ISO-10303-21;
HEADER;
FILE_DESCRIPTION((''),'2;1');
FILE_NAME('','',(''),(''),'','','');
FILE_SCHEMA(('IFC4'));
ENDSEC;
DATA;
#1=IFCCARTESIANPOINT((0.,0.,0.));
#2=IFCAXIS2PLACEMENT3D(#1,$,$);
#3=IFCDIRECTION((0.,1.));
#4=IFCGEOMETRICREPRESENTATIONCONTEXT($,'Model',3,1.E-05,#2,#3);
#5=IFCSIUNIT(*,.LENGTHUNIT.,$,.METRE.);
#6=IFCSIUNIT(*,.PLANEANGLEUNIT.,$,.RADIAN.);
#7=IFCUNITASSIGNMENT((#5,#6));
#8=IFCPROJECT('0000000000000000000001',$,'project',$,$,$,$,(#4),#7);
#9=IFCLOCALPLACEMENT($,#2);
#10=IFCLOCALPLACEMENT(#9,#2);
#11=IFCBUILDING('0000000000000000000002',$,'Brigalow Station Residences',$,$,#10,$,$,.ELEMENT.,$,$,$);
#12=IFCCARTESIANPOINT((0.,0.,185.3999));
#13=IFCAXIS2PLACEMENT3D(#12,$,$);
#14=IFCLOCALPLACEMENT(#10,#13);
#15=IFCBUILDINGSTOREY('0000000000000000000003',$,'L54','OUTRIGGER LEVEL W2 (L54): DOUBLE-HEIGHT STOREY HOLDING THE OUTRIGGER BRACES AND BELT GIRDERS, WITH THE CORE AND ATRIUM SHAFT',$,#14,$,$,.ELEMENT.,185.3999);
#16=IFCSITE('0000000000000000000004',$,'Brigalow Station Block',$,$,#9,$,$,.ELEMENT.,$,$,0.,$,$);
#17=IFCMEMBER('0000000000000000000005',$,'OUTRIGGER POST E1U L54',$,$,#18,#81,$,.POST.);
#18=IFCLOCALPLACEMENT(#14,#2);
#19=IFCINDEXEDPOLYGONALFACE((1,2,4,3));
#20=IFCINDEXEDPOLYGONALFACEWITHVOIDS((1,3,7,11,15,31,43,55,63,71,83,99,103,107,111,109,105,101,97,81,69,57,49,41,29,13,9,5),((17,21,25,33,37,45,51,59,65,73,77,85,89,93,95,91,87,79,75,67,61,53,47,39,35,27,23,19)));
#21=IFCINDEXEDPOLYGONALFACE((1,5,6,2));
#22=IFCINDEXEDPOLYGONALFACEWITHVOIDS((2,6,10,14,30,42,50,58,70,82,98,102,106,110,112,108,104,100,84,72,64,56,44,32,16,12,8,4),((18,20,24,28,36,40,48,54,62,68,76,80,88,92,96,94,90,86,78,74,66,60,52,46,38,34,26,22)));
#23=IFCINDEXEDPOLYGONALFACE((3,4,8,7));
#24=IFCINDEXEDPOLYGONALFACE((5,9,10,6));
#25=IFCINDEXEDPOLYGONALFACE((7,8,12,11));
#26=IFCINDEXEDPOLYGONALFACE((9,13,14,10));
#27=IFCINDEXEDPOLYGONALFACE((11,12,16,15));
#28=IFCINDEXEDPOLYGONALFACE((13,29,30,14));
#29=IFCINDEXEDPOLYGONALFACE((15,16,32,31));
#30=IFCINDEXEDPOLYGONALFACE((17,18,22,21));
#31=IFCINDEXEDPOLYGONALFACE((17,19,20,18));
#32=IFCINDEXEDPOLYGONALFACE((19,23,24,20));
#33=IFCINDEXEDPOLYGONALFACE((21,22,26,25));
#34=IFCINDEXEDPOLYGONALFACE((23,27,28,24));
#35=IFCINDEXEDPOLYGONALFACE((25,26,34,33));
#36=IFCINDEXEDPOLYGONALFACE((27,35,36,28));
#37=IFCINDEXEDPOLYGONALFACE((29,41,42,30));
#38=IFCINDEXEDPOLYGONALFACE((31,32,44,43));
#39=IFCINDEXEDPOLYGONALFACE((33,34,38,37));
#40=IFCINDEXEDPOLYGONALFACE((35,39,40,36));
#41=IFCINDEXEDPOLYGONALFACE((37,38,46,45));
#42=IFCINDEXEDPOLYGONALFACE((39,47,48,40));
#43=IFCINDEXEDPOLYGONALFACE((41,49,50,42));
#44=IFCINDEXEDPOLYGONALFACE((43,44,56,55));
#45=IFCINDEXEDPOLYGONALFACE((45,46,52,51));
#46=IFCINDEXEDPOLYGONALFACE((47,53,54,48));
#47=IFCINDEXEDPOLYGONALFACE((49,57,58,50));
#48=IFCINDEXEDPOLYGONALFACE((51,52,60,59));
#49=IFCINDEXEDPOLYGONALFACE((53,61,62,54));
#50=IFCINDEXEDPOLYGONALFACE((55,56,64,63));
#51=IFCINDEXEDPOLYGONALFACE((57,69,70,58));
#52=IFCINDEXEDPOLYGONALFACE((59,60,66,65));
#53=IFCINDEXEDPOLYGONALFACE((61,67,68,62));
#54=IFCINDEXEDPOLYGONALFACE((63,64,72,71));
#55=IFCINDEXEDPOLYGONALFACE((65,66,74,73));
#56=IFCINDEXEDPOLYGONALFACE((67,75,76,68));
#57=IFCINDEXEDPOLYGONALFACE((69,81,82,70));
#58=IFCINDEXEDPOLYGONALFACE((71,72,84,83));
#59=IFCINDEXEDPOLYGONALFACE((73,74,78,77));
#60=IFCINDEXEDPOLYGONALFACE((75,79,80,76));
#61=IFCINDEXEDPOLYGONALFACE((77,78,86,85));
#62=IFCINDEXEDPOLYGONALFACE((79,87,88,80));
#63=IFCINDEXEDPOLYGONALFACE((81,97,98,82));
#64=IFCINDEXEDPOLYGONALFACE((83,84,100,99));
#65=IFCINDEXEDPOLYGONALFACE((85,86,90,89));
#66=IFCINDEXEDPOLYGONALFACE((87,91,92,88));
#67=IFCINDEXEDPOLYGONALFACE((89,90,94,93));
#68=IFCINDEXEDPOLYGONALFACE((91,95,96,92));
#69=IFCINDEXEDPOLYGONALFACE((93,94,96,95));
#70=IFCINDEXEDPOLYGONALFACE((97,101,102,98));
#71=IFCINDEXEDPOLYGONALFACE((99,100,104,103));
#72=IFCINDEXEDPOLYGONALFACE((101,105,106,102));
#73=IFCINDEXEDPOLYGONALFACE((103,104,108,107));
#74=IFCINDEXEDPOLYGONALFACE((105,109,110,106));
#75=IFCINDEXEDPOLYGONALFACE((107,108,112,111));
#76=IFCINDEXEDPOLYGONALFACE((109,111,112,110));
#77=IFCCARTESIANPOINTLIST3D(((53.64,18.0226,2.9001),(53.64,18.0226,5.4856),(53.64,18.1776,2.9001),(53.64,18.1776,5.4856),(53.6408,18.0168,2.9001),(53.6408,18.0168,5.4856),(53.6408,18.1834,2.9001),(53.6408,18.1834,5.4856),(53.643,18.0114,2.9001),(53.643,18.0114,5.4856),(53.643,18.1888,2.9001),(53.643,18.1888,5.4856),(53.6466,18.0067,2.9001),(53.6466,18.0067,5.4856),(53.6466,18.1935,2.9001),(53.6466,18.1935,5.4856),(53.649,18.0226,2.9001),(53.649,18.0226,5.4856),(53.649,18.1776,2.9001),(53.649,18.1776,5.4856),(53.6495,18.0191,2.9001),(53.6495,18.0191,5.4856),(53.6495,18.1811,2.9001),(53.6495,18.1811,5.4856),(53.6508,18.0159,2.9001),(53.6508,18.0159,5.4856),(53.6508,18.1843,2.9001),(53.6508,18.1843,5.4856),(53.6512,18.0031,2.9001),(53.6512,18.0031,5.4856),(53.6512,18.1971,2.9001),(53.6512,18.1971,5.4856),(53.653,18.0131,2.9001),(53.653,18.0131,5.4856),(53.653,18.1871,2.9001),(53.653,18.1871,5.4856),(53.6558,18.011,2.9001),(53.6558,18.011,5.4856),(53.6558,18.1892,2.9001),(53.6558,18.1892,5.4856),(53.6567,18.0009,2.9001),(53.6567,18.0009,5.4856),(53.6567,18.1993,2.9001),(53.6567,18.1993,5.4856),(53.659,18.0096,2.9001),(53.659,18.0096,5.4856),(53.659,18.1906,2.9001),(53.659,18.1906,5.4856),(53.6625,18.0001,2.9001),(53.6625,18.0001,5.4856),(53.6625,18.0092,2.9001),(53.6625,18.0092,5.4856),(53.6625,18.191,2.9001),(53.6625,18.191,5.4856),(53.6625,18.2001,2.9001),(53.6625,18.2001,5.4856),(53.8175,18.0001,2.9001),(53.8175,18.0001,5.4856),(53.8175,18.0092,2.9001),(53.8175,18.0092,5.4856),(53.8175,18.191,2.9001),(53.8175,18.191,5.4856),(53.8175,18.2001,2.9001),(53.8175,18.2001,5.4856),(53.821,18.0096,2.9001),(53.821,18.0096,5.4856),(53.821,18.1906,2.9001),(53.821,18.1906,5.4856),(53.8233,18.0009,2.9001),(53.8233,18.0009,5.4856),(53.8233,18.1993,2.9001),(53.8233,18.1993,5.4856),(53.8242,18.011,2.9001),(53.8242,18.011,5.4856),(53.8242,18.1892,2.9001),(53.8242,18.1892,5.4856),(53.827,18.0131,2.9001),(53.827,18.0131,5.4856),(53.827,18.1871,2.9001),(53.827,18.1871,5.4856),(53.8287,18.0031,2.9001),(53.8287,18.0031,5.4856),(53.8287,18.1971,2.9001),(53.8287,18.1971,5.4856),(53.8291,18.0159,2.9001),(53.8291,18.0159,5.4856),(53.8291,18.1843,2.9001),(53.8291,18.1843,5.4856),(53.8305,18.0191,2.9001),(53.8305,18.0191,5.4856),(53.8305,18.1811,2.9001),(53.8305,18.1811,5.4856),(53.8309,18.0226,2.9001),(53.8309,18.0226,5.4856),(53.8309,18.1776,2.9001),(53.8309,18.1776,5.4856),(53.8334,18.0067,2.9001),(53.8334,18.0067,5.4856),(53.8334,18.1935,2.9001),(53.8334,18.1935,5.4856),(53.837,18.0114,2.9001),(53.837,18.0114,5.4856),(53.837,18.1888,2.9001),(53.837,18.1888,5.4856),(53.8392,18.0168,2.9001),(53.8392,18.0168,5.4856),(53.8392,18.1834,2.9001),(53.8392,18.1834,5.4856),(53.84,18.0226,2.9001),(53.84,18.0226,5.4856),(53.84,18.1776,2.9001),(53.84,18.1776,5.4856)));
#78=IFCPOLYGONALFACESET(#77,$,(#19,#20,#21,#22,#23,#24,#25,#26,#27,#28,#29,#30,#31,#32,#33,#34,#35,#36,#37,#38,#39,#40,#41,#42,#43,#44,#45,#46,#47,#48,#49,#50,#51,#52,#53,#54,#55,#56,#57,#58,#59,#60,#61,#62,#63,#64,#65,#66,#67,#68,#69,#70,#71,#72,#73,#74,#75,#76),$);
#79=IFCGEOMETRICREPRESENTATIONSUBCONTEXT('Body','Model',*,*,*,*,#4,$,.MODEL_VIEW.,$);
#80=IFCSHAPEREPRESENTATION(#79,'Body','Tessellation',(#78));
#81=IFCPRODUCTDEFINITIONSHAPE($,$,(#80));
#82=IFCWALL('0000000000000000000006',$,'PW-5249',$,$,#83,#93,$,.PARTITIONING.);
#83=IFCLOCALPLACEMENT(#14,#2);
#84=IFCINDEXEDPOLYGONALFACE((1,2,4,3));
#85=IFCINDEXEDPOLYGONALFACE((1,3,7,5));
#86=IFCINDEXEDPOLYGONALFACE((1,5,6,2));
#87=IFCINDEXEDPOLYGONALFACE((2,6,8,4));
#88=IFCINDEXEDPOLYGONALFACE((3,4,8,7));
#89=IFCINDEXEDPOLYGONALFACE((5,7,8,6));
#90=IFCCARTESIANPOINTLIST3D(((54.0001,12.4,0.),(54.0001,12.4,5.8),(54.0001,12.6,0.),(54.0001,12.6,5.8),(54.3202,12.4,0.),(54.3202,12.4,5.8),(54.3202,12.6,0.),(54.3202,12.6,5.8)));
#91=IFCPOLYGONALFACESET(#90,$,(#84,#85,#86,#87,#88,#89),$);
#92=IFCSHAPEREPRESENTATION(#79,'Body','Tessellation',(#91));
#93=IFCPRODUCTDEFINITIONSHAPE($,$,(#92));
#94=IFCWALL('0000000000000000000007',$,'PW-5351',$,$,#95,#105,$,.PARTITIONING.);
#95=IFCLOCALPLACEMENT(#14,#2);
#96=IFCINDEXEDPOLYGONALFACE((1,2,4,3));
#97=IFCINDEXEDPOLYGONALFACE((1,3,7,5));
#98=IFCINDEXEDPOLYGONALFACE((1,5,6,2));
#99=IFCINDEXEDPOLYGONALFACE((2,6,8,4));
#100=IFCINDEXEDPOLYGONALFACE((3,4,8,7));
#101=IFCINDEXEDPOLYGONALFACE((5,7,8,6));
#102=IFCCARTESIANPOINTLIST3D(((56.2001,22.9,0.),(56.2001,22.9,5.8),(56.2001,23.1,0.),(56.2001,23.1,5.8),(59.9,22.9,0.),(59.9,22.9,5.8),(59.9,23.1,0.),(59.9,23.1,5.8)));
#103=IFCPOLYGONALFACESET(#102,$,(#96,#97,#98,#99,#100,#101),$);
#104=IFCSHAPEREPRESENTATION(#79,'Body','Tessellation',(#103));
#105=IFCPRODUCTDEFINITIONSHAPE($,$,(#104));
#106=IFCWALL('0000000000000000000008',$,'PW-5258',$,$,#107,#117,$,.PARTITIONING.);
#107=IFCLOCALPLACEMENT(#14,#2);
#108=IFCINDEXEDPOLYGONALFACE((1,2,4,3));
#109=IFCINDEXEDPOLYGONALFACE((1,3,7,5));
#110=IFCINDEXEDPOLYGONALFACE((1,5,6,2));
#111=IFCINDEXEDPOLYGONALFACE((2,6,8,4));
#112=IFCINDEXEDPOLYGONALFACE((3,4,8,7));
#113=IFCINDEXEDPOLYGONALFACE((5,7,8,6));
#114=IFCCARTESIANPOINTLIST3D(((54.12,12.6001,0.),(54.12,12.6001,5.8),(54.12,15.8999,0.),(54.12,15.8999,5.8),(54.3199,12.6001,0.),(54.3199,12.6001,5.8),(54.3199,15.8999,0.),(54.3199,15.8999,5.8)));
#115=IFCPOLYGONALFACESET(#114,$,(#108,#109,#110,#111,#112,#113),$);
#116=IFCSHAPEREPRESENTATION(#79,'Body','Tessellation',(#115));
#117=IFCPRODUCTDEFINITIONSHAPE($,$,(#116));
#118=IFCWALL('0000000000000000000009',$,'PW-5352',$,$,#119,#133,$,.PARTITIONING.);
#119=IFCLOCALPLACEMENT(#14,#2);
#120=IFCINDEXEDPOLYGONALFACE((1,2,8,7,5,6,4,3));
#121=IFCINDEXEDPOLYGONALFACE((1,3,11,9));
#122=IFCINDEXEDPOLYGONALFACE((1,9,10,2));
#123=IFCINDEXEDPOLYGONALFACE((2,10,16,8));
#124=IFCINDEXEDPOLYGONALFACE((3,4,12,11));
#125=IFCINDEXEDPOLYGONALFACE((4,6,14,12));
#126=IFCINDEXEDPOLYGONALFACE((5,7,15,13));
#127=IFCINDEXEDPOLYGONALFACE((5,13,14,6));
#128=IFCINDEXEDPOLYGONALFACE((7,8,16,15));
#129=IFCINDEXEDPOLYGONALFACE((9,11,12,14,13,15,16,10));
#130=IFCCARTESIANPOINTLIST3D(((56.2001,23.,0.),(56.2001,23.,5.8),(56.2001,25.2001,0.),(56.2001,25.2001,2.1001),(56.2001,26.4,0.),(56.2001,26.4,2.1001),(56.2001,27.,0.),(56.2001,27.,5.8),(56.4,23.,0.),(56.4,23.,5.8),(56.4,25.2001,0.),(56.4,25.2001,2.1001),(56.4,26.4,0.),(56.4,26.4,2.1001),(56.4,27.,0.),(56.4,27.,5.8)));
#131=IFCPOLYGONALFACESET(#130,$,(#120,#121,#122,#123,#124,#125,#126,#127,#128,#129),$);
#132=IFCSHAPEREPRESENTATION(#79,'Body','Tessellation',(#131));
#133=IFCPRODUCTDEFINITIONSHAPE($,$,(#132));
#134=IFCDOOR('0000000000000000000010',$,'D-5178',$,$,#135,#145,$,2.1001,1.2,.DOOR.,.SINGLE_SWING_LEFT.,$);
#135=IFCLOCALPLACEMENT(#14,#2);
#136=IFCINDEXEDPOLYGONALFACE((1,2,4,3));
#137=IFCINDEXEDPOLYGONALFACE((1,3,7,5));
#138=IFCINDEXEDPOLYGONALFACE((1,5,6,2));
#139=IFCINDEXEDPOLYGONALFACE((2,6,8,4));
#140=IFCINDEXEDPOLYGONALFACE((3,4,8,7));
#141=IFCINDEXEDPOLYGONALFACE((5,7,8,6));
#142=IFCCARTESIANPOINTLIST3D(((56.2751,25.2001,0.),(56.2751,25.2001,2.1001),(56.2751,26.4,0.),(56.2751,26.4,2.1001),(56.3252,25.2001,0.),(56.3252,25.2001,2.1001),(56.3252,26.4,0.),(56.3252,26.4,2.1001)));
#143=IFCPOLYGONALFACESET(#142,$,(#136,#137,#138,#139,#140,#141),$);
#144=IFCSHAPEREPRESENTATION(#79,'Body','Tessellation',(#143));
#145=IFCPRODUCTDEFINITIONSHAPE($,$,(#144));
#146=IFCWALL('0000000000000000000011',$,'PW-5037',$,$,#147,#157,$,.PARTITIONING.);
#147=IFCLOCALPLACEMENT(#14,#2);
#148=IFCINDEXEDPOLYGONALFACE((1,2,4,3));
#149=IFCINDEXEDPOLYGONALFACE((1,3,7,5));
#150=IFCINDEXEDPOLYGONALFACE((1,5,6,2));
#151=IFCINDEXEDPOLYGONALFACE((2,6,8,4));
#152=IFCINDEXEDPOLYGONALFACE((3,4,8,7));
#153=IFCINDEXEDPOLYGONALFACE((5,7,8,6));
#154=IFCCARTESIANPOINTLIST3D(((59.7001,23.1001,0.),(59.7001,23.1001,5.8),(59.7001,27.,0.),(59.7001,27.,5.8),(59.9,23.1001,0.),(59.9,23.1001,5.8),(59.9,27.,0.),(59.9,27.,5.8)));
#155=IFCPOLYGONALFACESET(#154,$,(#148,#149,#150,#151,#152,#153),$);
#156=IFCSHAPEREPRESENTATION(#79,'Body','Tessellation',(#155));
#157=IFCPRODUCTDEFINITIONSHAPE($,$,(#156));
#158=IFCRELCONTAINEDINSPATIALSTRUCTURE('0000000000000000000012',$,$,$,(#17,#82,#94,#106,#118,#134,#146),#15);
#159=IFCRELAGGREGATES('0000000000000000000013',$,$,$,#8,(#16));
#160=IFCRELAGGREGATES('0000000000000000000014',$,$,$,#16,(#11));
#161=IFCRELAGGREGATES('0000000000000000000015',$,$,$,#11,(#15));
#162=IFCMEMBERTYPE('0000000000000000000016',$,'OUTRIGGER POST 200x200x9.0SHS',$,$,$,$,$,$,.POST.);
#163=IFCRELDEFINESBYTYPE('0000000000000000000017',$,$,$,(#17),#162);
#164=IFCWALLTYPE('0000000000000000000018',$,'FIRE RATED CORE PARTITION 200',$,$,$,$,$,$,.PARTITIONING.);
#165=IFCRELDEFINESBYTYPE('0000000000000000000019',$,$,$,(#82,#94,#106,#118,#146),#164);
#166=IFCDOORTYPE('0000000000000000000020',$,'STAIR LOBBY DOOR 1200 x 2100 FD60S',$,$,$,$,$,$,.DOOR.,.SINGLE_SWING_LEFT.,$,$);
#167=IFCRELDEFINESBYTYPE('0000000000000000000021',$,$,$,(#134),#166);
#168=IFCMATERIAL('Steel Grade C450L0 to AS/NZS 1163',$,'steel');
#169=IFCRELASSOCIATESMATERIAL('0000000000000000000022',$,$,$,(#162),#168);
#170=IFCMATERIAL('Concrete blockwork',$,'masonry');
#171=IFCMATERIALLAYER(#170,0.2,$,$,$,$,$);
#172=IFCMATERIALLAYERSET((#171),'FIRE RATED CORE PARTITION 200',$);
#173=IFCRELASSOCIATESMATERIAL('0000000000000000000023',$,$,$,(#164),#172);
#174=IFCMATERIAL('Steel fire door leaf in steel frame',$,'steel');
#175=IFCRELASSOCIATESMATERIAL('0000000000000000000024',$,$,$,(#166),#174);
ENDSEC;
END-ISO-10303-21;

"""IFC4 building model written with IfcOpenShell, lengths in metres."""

from ifc_helpers import new_model, si_unit, direction, frame, frame_2d, origin, origin_2d, place, context, subcontext, project, spatial, rectangle, hollow_rectangle, extrude, material, layer, layer_set, material_profile, profile_set, type_object, element, fill, save


model = new_model("IFC4")

# Units and contexts
model_context = context("Model", 3, precision=1e-05, world=origin(), true_north=direction((0.0, 1.0)))
body_context = subcontext(model_context, "Body", "Model", "MODEL_VIEW")
ifc_project = project(units=[si_unit("LENGTHUNIT", "METRE"), si_unit("PLANEANGLEUNIT", "RADIAN")], contexts=[model_context])

# Site, building, storey
site_placement = place(None, origin())
site = spatial("IfcSite", under=ifc_project, at=site_placement, Name="Brigalow Station Block", CompositionType="ELEMENT", RefElevation=0.0)
building_placement = place(site_placement, origin())
building = spatial("IfcBuilding", under=site, at=building_placement, Name="Brigalow Station Residences", CompositionType="ELEMENT")
storey_placement = place(building_placement, frame((0.0, 0.0, 185.3999)))
storey = spatial("IfcBuildingStorey", under=building, at=storey_placement, Name="L54", Description="OUTRIGGER LEVEL W2 (L54): DOUBLE-HEIGHT STOREY HOLDING THE OUTRIGGER BRACES AND BELT GIRDERS, WITH THE CORE AND ATRIUM SHAFT", CompositionType="ELEMENT", Elevation=185.3999)

# Member
ifc_material_1 = material(Name="Steel Grade C450L0 to AS/NZS 1163", Category="steel")
ifc_material_profile_1 = material_profile(ifc_material_1, hollow_rectangle(XDim=0.2, YDim=0.2, WallThickness=0.009, InnerFilletRadius=0.0134, OuterFilletRadius=0.0225, at=origin_2d()), Name="200x200x9.0SHS")
ifc_profile_set_1 = profile_set([ifc_material_profile_1], Name="Steel Grade C450L0 to AS/NZS 1163")
member_type = type_object("IfcMemberType", Name="OUTRIGGER POST 200x200x9.0SHS", PredefinedType="POST", material=ifc_profile_set_1)
for number, where, z_axis, x_axis, name in (
    (1, (53.74, 18.1001, 2.9001), (0.0, 0.0, 1.0), (1.0, 0.0, 0.0), "OUTRIGGER POST E1U L54"),
):
    element("IfcMember", number, at=place(storey_placement, frame(where, z_axis=z_axis, x_axis=x_axis)), inside=storey, type_object=member_type, Name=name, PredefinedType="POST", context=body_context, shape_type="SweptSolid", body=[
        extrude(hollow_rectangle(XDim=0.2, YDim=0.2, WallThickness=0.009, InnerFilletRadius=0.0134, OuterFilletRadius=0.0225, at=origin_2d()), origin(), (0.0, 0.0, 1.0), 2.5854),
    ])

# Walls
ifc_material_2 = material(Name="Concrete blockwork", Category="masonry")
ifc_layer = layer(ifc_material_2, 0.2)
ifc_layer_set = layer_set([ifc_layer], Name="FIRE RATED CORE PARTITION 200")
wall_type = type_object("IfcWallType", Name="FIRE RATED CORE PARTITION 200", PredefinedType="PARTITIONING", material=ifc_layer_set)
wall_1_placement = place(storey_placement, frame((54.0, 12.5, 0.0), z_axis=(0.0, 0.0, 1.0), x_axis=(1.0, 0.0, 0.0)))
element("IfcWall", 2, at=wall_1_placement, inside=storey, type_object=wall_type, Name="PW-5249", PredefinedType="PARTITIONING", context=body_context, shape_type="SweptSolid", body=[
    extrude(rectangle(XDim=0.3201, YDim=0.2, at=frame_2d((0.1602, 0.0))), origin(), (0.0, 0.0, 1.0), 5.8),
])
wall_2_placement = place(storey_placement, frame((56.2, 23.0, 0.0), z_axis=(0.0, 0.0, 1.0), x_axis=(1.0, 0.0, 0.0)))
element("IfcWall", 3, at=wall_2_placement, inside=storey, type_object=wall_type, Name="PW-5351", PredefinedType="PARTITIONING", context=body_context, shape_type="SweptSolid", body=[
    extrude(rectangle(XDim=3.7, YDim=0.2, at=frame_2d((1.8501, 0.0))), origin(), (0.0, 0.0, 1.0), 5.8),
])
wall_3_placement = place(storey_placement, frame((54.22, 12.6001, 0.0), z_axis=(0.0, 0.0, 1.0), x_axis=(0.0, 1.0, 0.0)))
element("IfcWall", 4, at=wall_3_placement, inside=storey, type_object=wall_type, Name="PW-5258", PredefinedType="PARTITIONING", context=body_context, shape_type="SweptSolid", body=[
    extrude(rectangle(XDim=3.2998, YDim=0.2, at=frame_2d((1.6499, 0.0))), origin(), (0.0, 0.0, 1.0), 5.8),
])

# Wall, opening, door
wall_4_placement = place(storey_placement, frame((56.3, 23.0, 0.0), z_axis=(0.0, 0.0, 1.0), x_axis=(0.0, 1.0, 0.0)))
wall_4 = element("IfcWall", 5, at=wall_4_placement, inside=storey, type_object=wall_type, Name="PW-5352", PredefinedType="PARTITIONING", context=body_context, shape_type="SweptSolid", body=[
    extrude(rectangle(XDim=4.0, YDim=0.2, at=frame_2d((2.0, 0.0))), origin(), (0.0, 0.0, 1.0), 5.8),
])
opening_placement = place(wall_4_placement, frame((2.2, 0.0, 0.0)))
opening = element("IfcOpeningElement", 6, at=opening_placement, cuts=wall_4, PredefinedType="OPENING", context=body_context, shape_type="SweptSolid", body=[
    extrude(rectangle(XDim=1.2, YDim=2.1001, at=frame_2d((0.6001, 1.05))), frame((0.0, 0.1099, 0.0), z_axis=(0.0, -1.0, 0.0), x_axis=(1.0, 0.0, 0.0)), (0.0, 0.0, 1.0), 0.22),
])
ifc_material_3 = material(Name="Steel fire door leaf in steel frame", Category="steel")
door_type = type_object("IfcDoorType", Name="STAIR LOBBY DOOR 1200 x 2100 FD60S", OperationType="SINGLE_SWING_LEFT", PredefinedType="DOOR", material=ifc_material_3)
door_placement = place(opening_placement, origin())
door = element("IfcDoor", 7, at=door_placement, inside=storey, type_object=door_type, Name="D-5178", OperationType="SINGLE_SWING_LEFT", OverallHeight=2.1001, OverallWidth=1.2, PredefinedType="DOOR", context=body_context, shape_type="SweptSolid", body=[
    extrude(rectangle(XDim=1.2, YDim=2.1001, at=frame_2d((0.6001, 1.05))), frame((0.0, 0.0249, 0.0), z_axis=(0.0, -1.0, 0.0), x_axis=(1.0, 0.0, 0.0)), (0.0, 0.0, 1.0), 0.05),
])
fill(opening, door)

# Wall
wall_5_placement = place(storey_placement, frame((59.8, 23.1001, 0.0), z_axis=(0.0, 0.0, 1.0), x_axis=(0.0, 1.0, 0.0)))
element("IfcWall", 8, at=wall_5_placement, inside=storey, type_object=wall_type, Name="PW-5037", PredefinedType="PARTITIONING", context=body_context, shape_type="SweptSolid", body=[
    extrude(rectangle(XDim=3.8999, YDim=0.2, at=frame_2d((1.95, 0.0))), origin(), (0.0, 0.0, 1.0), 5.8),
])

save(model, "model.ifc")
